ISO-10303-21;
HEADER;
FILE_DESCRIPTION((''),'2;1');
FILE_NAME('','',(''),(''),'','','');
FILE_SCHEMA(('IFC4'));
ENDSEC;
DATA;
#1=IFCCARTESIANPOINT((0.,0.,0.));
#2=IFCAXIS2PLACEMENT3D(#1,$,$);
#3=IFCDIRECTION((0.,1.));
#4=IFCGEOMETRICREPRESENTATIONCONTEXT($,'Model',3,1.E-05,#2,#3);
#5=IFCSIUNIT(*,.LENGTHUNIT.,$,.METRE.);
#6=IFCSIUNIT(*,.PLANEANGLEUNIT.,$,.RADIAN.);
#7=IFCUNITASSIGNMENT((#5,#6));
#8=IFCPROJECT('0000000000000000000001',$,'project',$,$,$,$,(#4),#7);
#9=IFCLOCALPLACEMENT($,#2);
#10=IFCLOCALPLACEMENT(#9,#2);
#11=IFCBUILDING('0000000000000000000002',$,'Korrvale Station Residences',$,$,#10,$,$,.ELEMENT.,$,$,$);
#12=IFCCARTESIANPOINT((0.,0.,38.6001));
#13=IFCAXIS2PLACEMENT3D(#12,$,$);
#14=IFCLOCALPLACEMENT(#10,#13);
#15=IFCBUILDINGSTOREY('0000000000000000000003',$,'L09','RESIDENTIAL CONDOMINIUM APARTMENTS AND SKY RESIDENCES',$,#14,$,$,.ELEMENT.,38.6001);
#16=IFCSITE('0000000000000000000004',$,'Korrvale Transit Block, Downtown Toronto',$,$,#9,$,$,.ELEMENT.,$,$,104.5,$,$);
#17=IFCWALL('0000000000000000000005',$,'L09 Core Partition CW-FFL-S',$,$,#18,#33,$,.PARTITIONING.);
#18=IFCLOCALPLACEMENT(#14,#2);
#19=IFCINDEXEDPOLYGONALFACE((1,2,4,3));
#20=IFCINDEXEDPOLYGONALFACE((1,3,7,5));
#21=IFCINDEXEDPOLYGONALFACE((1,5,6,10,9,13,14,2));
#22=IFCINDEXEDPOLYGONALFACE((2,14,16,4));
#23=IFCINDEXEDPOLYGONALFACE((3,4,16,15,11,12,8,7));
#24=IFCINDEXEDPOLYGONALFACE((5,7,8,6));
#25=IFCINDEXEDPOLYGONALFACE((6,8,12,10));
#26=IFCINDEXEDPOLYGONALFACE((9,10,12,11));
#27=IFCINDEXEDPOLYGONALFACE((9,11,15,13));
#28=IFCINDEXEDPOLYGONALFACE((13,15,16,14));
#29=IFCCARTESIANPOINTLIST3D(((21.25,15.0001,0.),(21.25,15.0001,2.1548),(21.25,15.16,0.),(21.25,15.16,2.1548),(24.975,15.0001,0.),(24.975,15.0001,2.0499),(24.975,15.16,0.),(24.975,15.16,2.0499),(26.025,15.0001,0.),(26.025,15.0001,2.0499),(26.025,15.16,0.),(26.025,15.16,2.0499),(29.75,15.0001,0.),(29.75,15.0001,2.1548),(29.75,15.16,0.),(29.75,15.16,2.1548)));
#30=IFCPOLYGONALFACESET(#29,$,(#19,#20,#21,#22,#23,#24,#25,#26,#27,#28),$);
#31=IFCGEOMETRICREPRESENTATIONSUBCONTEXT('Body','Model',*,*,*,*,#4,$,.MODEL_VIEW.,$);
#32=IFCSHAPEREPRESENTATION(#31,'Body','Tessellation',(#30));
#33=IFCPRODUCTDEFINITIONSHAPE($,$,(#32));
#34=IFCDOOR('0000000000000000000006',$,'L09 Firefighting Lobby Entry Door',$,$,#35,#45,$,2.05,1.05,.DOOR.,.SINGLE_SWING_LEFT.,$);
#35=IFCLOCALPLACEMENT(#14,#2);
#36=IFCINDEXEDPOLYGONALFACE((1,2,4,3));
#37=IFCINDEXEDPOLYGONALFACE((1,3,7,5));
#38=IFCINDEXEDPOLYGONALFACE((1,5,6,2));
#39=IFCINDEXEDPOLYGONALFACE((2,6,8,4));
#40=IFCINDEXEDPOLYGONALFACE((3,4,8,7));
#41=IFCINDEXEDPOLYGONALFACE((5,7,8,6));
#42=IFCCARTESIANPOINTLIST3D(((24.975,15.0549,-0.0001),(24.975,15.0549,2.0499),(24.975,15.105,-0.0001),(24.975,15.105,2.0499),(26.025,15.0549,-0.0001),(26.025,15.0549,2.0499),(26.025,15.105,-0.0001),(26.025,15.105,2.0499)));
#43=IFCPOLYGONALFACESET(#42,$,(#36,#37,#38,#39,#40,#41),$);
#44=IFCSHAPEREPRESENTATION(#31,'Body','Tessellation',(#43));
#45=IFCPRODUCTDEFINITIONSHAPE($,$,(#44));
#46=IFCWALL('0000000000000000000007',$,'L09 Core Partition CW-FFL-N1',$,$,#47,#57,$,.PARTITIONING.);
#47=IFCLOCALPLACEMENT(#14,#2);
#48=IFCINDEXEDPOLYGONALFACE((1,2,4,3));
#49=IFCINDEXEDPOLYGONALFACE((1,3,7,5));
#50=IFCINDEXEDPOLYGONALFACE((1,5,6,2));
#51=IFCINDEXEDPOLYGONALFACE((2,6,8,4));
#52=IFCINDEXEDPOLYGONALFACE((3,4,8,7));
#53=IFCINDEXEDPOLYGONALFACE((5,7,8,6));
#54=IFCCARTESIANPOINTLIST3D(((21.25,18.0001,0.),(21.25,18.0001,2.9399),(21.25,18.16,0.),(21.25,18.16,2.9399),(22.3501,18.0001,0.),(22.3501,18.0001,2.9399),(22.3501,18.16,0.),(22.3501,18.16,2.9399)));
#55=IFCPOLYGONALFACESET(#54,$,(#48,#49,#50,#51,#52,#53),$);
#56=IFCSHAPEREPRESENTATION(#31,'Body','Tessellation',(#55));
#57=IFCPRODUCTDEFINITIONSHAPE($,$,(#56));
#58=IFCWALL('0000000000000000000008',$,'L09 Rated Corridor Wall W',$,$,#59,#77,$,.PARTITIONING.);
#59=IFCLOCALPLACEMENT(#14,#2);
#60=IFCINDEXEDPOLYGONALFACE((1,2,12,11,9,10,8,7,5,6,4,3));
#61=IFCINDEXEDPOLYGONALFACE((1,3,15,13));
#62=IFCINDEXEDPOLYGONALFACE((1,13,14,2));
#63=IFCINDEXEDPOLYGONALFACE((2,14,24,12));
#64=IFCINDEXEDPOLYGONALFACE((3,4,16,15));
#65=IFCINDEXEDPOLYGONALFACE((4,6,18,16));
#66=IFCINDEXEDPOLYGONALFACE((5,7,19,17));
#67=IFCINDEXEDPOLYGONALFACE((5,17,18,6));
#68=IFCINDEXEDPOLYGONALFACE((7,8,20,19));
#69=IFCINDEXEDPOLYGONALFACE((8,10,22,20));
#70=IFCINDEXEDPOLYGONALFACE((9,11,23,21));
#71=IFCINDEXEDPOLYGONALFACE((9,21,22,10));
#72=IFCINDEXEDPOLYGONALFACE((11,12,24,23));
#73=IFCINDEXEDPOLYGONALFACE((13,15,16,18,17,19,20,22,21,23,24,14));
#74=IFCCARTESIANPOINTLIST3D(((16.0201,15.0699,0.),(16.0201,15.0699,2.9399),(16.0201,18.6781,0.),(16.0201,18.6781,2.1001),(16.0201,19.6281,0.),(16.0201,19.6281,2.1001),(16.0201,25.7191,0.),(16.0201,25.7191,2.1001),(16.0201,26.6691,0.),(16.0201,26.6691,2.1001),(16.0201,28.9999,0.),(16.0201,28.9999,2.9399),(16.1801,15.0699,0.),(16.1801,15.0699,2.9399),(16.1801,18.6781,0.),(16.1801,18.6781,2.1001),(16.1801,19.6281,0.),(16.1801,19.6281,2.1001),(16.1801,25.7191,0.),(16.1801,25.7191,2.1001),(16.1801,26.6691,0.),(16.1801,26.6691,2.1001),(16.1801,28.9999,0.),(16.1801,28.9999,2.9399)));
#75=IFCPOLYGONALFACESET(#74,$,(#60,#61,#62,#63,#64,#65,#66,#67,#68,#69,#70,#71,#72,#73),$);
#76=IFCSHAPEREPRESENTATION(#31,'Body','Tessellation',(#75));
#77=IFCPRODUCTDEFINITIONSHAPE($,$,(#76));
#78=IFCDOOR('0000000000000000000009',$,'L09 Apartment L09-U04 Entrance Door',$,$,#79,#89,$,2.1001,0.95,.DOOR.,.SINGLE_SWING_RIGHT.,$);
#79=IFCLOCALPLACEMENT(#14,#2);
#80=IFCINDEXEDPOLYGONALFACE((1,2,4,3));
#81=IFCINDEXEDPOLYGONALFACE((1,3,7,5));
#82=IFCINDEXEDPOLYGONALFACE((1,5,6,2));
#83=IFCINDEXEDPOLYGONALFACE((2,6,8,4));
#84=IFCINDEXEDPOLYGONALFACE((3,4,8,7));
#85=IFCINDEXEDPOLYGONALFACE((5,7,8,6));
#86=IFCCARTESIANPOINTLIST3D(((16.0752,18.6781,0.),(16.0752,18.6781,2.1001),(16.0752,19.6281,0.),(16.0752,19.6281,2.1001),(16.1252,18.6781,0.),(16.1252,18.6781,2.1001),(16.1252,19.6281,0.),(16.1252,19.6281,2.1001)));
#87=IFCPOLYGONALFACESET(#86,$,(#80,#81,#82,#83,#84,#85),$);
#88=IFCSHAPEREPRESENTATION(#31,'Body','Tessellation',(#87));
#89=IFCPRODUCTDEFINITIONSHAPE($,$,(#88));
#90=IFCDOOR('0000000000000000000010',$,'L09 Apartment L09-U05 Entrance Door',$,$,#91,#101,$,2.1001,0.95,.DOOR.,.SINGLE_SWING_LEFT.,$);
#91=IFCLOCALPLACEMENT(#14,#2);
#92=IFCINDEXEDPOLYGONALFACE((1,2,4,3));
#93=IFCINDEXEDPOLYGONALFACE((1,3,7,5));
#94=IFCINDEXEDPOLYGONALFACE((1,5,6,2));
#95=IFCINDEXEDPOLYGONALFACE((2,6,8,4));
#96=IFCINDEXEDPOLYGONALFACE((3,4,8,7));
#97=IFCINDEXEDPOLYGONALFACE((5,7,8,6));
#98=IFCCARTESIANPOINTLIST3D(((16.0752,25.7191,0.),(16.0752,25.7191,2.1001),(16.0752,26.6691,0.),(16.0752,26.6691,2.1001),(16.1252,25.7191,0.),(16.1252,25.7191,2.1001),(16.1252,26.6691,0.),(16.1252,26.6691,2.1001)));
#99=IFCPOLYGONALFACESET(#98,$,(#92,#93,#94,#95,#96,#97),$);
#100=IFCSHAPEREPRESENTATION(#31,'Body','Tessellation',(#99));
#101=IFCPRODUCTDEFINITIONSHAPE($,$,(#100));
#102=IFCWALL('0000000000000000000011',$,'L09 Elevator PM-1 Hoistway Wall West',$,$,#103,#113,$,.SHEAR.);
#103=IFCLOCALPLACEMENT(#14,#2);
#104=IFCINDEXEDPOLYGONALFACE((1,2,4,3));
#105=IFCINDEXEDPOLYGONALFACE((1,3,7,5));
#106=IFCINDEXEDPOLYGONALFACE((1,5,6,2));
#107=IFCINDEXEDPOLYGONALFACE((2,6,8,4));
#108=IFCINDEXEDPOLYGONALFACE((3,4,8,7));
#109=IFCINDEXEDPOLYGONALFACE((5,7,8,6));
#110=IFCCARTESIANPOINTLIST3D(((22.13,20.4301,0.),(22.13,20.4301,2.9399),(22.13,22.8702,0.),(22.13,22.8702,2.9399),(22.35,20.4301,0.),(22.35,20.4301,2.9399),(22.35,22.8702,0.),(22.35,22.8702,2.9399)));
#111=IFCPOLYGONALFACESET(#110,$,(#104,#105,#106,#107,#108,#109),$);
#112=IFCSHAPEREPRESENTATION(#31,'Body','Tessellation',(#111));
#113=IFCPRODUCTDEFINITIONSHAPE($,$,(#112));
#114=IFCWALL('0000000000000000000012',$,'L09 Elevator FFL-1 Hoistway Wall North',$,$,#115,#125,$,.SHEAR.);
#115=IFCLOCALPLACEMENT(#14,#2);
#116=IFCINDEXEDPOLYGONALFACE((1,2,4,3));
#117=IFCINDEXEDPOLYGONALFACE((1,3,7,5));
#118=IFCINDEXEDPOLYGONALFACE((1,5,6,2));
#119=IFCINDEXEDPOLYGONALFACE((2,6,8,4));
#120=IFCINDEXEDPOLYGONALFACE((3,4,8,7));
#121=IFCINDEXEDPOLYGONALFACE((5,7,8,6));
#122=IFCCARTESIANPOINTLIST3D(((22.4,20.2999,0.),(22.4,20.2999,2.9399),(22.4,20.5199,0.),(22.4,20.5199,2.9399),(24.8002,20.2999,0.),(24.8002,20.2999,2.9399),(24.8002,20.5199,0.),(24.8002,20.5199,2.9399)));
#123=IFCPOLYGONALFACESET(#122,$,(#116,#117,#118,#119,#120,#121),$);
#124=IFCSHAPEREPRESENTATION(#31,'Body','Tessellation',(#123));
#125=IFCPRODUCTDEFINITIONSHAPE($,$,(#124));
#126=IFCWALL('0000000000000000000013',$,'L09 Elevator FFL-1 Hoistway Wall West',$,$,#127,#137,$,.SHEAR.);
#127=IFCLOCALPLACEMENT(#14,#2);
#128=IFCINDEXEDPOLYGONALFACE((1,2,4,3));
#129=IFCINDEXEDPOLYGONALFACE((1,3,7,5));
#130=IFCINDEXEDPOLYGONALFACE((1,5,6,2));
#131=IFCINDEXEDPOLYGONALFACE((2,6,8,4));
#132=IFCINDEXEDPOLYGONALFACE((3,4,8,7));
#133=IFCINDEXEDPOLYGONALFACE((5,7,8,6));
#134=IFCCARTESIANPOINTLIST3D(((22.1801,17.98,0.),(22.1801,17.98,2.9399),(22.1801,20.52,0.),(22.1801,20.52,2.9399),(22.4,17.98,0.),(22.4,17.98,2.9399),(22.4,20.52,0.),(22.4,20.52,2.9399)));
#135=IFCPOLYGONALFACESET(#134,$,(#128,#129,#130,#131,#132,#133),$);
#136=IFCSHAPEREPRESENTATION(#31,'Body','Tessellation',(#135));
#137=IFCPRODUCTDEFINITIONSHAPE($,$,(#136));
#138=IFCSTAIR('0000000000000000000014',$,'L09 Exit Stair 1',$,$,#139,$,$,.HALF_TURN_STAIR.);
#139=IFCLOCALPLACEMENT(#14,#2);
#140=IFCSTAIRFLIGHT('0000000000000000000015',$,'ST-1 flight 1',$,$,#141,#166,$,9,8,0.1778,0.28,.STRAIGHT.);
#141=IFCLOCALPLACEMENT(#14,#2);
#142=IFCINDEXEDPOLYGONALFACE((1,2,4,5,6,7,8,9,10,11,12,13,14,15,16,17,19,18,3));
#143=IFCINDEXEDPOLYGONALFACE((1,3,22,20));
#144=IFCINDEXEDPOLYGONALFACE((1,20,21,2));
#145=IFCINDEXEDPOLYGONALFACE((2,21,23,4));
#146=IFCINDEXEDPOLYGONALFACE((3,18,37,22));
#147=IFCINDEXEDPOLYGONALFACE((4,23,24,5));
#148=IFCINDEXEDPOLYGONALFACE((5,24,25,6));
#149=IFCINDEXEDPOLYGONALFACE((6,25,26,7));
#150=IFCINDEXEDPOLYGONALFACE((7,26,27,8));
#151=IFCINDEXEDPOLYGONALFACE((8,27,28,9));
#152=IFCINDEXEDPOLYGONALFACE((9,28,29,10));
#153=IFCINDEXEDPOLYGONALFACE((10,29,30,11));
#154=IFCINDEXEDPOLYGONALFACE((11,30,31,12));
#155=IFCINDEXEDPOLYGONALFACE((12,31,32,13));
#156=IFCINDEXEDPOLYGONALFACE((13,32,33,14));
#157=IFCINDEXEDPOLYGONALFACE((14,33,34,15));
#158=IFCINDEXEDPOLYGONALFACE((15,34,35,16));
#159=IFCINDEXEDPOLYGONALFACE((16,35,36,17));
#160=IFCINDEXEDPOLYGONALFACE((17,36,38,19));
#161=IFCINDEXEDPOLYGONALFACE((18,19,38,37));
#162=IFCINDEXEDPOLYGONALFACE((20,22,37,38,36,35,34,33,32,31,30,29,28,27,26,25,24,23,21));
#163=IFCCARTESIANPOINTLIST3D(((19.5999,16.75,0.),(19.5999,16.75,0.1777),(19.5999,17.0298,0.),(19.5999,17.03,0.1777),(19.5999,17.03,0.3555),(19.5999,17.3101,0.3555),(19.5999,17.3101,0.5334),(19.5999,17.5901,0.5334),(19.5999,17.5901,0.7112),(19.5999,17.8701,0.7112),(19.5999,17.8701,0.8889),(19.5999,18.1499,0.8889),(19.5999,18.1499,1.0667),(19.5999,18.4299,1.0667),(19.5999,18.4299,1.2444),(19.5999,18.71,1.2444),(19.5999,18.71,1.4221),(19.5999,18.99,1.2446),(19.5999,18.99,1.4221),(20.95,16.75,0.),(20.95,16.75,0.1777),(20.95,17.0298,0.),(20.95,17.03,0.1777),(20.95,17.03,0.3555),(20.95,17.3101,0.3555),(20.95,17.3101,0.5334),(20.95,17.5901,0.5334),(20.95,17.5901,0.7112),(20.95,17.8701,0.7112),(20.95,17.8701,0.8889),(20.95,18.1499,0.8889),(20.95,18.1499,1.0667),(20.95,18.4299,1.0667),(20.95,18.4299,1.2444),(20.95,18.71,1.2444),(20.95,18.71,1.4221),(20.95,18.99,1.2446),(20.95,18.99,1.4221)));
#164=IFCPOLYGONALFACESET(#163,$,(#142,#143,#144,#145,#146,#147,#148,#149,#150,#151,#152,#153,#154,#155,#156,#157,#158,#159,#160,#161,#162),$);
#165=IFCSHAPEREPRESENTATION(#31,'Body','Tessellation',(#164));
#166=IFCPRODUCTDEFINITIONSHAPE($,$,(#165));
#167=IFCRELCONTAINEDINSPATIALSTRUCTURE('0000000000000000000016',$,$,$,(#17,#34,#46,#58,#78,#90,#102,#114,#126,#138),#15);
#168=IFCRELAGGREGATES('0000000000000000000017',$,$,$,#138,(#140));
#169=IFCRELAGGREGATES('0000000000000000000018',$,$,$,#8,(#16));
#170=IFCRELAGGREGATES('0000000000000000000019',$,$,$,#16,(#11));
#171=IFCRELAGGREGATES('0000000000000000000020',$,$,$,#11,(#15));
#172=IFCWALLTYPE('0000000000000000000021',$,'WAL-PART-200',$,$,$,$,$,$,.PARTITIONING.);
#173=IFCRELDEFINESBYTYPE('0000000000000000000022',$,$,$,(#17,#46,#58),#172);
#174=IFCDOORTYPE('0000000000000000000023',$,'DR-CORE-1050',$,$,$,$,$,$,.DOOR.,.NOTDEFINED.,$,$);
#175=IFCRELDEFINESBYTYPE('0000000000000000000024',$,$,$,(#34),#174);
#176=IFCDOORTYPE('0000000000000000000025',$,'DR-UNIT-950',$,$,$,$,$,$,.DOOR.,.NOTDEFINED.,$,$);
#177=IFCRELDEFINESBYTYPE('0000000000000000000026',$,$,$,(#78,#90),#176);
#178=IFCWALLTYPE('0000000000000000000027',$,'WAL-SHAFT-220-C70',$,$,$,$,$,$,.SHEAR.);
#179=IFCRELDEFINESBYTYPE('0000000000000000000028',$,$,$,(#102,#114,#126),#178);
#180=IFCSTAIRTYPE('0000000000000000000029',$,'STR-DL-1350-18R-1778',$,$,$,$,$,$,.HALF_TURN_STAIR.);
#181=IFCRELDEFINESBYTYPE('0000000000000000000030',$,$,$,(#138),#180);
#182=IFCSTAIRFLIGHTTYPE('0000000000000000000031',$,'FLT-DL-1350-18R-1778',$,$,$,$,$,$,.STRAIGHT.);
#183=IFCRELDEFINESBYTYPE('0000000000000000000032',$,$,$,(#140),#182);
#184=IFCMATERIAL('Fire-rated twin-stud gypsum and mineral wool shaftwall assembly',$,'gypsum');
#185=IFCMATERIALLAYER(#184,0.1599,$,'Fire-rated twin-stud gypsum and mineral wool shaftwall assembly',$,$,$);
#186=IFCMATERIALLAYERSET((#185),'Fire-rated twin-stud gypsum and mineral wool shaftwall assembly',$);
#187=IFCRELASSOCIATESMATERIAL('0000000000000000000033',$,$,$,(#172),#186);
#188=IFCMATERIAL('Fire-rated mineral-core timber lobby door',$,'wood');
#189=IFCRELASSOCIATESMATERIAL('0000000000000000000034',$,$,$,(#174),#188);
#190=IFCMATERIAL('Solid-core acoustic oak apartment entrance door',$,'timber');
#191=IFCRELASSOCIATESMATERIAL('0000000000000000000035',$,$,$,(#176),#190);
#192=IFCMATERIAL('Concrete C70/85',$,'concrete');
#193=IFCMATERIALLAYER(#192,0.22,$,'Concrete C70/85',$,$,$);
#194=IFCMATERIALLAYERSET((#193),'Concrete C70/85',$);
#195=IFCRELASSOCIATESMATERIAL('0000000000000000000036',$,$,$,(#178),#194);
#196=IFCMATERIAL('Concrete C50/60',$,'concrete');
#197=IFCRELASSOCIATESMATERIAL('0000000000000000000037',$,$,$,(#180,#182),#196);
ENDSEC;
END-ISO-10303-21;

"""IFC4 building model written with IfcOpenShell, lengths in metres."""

from ifc_helpers import new_model, si_unit, direction, frame, frame_2d, origin, place, context, subcontext, project, spatial, polyline, rectangle, outline, extrude, material, layer, layer_set, type_object, element, fill, aggregate, save


model = new_model("IFC4")

# Units and contexts
model_context = context("Model", 3, precision=1e-05, world=origin(), true_north=direction((0.0, 1.0)))
body_context = subcontext(model_context, "Body", "Model", "MODEL_VIEW")
ifc_project = project(units=[si_unit("LENGTHUNIT", "METRE"), si_unit("PLANEANGLEUNIT", "RADIAN")], contexts=[model_context])

# Site, building, storey
site_placement = place(None, origin())
site = spatial("IfcSite", under=ifc_project, at=site_placement, Name="Korrvale Transit Block, Downtown Toronto", CompositionType="ELEMENT", RefElevation=104.5)
building_placement = place(site_placement, origin())
building = spatial("IfcBuilding", under=site, at=building_placement, Name="Korrvale Station Residences", CompositionType="ELEMENT")
storey_placement = place(building_placement, frame((0.0, 0.0, 38.6001)))
storey = spatial("IfcBuildingStorey", under=building, at=storey_placement, Name="L09", Description="RESIDENTIAL CONDOMINIUM APARTMENTS AND SKY RESIDENCES", CompositionType="ELEMENT", Elevation=38.6001)

# Shared definitions
ifc_material_1 = material(Name="Concrete C70/85", Category="concrete")

# Wall, opening, door
ifc_material_2 = material(Name="Fire-rated twin-stud gypsum and mineral wool shaftwall assembly", Category="gypsum")
ifc_layer_1 = layer(ifc_material_2, 0.1599, Name="Fire-rated twin-stud gypsum and mineral wool shaftwall assembly")
ifc_layer_set_1 = layer_set([ifc_layer_1], Name="Fire-rated twin-stud gypsum and mineral wool shaftwall assembly")
wall_type_1 = type_object("IfcWallType", Name="WAL-PART-200", PredefinedType="PARTITIONING", material=ifc_layer_set_1)
wall_1_placement = place(storey_placement, frame((21.25, 15.0801, 0.0), z_axis=(0.0, 0.0, 1.0), x_axis=(1.0, 0.0, 0.0)))
wall_1 = element("IfcWall", 1, at=wall_1_placement, inside=storey, type_object=wall_type_1, Name="L09 Core Partition CW-FFL-S", PredefinedType="PARTITIONING", context=body_context, shape_type="SweptSolid", body=[
    extrude(rectangle(XDim=8.5, YDim=0.1599, at=frame_2d((4.25, 0.0))), origin(), (0.0, 0.0, 1.0), 2.1548),
])
opening_1_placement = place(wall_1_placement, frame((3.7251, 0.0, 0.0)))
opening_1 = element("IfcOpeningElement", 2, at=opening_1_placement, cuts=wall_1, PredefinedType="OPENING", context=body_context, shape_type="SweptSolid", body=[
    extrude(rectangle(XDim=1.05, YDim=2.05, at=frame_2d((0.5249, 1.0249))), frame((0.0, 0.0898, 0.0), z_axis=(0.0, -1.0, 0.0), x_axis=(1.0, 0.0, 0.0)), (0.0, 0.0, 1.0), 0.1799),
])
ifc_material_3 = material(Name="Fire-rated mineral-core timber lobby door", Category="wood")
door_type_1 = type_object("IfcDoorType", Name="DR-CORE-1050", OperationType="NOTDEFINED", PredefinedType="DOOR", material=ifc_material_3)
door_1_placement = place(opening_1_placement, origin())
door_1 = element("IfcDoor", 3, at=door_1_placement, inside=storey, type_object=door_type_1, Name="L09 Firefighting Lobby Entry Door", OperationType="SINGLE_SWING_LEFT", OverallHeight=2.05, OverallWidth=1.05, PredefinedType="DOOR", context=body_context, shape_type="SweptSolid", body=[
    extrude(rectangle(XDim=1.05, YDim=2.05, at=frame_2d((0.5249, 1.0249))), frame((0.0, 0.0249, 0.0), z_axis=(0.0, -1.0, 0.0), x_axis=(1.0, 0.0, 0.0)), (0.0, 0.0, 1.0), 0.05),
])
fill(opening_1, door_1)

# Wall
wall_2_placement = place(storey_placement, frame((21.25, 18.0801, 0.0), z_axis=(0.0, 0.0, 1.0), x_axis=(1.0, 0.0, 0.0)))
element("IfcWall", 4, at=wall_2_placement, inside=storey, type_object=wall_type_1, Name="L09 Core Partition CW-FFL-N1", PredefinedType="PARTITIONING", context=body_context, shape_type="SweptSolid", body=[
    extrude(rectangle(XDim=1.1001, YDim=0.1599, at=frame_2d((0.55, 0.0))), origin(), (0.0, 0.0, 1.0), 2.9399),
])

# Wall, openings, doors
wall_3_placement = place(storey_placement, frame((16.1001, 15.0701, 0.0), z_axis=(0.0, 0.0, 1.0), x_axis=(0.0, 1.0, 0.0)))
wall_3 = element("IfcWall", 5, at=wall_3_placement, inside=storey, type_object=wall_type_1, Name="L09 Rated Corridor Wall W", PredefinedType="PARTITIONING", context=body_context, shape_type="SweptSolid", body=[
    extrude(rectangle(XDim=13.9299, YDim=0.1599, at=frame_2d((6.9648, 0.0))), origin(), (0.0, 0.0, 1.0), 2.9399),
])
opening_2_placement = place(wall_3_placement, frame((3.6079, 0.0, 0.0)))
opening_2 = element("IfcOpeningElement", 6, at=opening_2_placement, cuts=wall_3, PredefinedType="OPENING", context=body_context, shape_type="SweptSolid", body=[
    extrude(rectangle(XDim=0.95, YDim=2.1001, at=frame_2d((0.4751, 1.05))), frame((0.0, 0.0898, 0.0), z_axis=(0.0, -1.0, 0.0), x_axis=(1.0, 0.0, 0.0)), (0.0, 0.0, 1.0), 0.1799),
])
opening_3_placement = place(wall_3_placement, frame((10.6489, 0.0, 0.0)))
opening_3 = element("IfcOpeningElement", 7, at=opening_3_placement, cuts=wall_3, PredefinedType="OPENING", context=body_context, shape_type="SweptSolid", body=[
    extrude(rectangle(XDim=0.95, YDim=2.1001, at=frame_2d((0.4751, 1.05))), frame((0.0, 0.0898, 0.0), z_axis=(0.0, -1.0, 0.0), x_axis=(1.0, 0.0, 0.0)), (0.0, 0.0, 1.0), 0.1799),
])
ifc_material_4 = material(Name="Solid-core acoustic oak apartment entrance door", Category="timber")
door_type_2 = type_object("IfcDoorType", Name="DR-UNIT-950", OperationType="NOTDEFINED", PredefinedType="DOOR", material=ifc_material_4)
door_2_placement = place(opening_2_placement, origin())
door_2 = element("IfcDoor", 8, at=door_2_placement, inside=storey, type_object=door_type_2, Name="L09 Apartment L09-U04 Entrance Door", OperationType="SINGLE_SWING_RIGHT", OverallHeight=2.1001, OverallWidth=0.95, PredefinedType="DOOR", context=body_context, shape_type="SweptSolid", body=[
    extrude(rectangle(XDim=0.95, YDim=2.1001, at=frame_2d((0.4751, 1.05))), frame((0.0, 0.0249, 0.0), z_axis=(0.0, -1.0, 0.0), x_axis=(1.0, 0.0, 0.0)), (0.0, 0.0, 1.0), 0.05),
])
fill(opening_2, door_2)
door_3_placement = place(opening_3_placement, origin())
door_3 = element("IfcDoor", 9, at=door_3_placement, inside=storey, type_object=door_type_2, Name="L09 Apartment L09-U05 Entrance Door", OperationType="SINGLE_SWING_LEFT", OverallHeight=2.1001, OverallWidth=0.95, PredefinedType="DOOR", context=body_context, shape_type="SweptSolid", body=[
    extrude(rectangle(XDim=0.95, YDim=2.1001, at=frame_2d((0.4751, 1.05))), frame((0.0, 0.0249, 0.0), z_axis=(0.0, -1.0, 0.0), x_axis=(1.0, 0.0, 0.0)), (0.0, 0.0, 1.0), 0.05),
])
fill(opening_3, door_3)

# Wall
ifc_layer_2 = layer(ifc_material_1, 0.22, Name="Concrete C70/85")
ifc_layer_set_2 = layer_set([ifc_layer_2], Name="Concrete C70/85")
wall_type_2 = type_object("IfcWallType", Name="WAL-SHAFT-220-C70", PredefinedType="SHEAR", material=ifc_layer_set_2)
wall_4_placement = place(storey_placement, frame((22.24, 20.4299, 0.0), z_axis=(0.0, 0.0, 1.0), x_axis=(0.0, 1.0, 0.0)))
element("IfcWall", 10, at=wall_4_placement, inside=storey, type_object=wall_type_2, Name="L09 Elevator PM-1 Hoistway Wall West", PredefinedType="SHEAR", context=body_context, shape_type="SweptSolid", body=[
    extrude(rectangle(XDim=2.4402, YDim=0.22, at=frame_2d((1.2202, 0.0))), origin(), (0.0, 0.0, 1.0), 2.9399),
])

# Walls
wall_5_placement = place(storey_placement, frame((22.3999, 20.4099, 0.0), z_axis=(0.0, 0.0, 1.0), x_axis=(1.0, 0.0, 0.0)))
element("IfcWall", 11, at=wall_5_placement, inside=storey, type_object=wall_type_2, Name="L09 Elevator FFL-1 Hoistway Wall North", PredefinedType="SHEAR", context=body_context, shape_type="SweptSolid", body=[
    extrude(rectangle(XDim=2.4001, YDim=0.22, at=frame_2d((1.2002, 0.0))), origin(), (0.0, 0.0, 1.0), 2.9399),
])
wall_6_placement = place(storey_placement, frame((22.29, 17.98, 0.0), z_axis=(0.0, 0.0, 1.0), x_axis=(0.0, 1.0, 0.0)))
element("IfcWall", 12, at=wall_6_placement, inside=storey, type_object=wall_type_2, Name="L09 Elevator FFL-1 Hoistway Wall West", PredefinedType="SHEAR", context=body_context, shape_type="SweptSolid", body=[
    extrude(rectangle(XDim=2.54, YDim=0.22, at=frame_2d((1.27, 0.0))), origin(), (0.0, 0.0, 1.0), 2.9399),
])

# Stair, stair flight
ifc_material_5 = material(Name="Concrete C50/60", Category="concrete")
stair_type = type_object("IfcStairType", Name="STR-DL-1350-18R-1778", PredefinedType="HALF_TURN_STAIR", material=ifc_material_5)
stair_placement = place(storey_placement, origin())
stair = element("IfcStair", 13, at=stair_placement, inside=storey, type_object=stair_type, Name="L09 Exit Stair 1", PredefinedType="HALF_TURN_STAIR")
stair_flight_type = type_object("IfcStairFlightType", Name="FLT-DL-1350-18R-1778", PredefinedType="STRAIGHT", material=ifc_material_5)
stair_flight_1_placement = place(storey_placement, frame((20.2749, 16.75, 0.0), z_axis=(0.0, 0.0, 1.0), x_axis=(0.0, 1.0, 0.0)))
stair_flight_1 = element("IfcStairFlight", 14, at=stair_flight_1_placement, type_object=stair_flight_type, Name="ST-1 flight 1", NumberOfRisers=9, NumberOfTreads=8, PredefinedType="STRAIGHT", RiserHeight=0.1778, TreadLength=0.28, context=body_context, shape_type="SweptSolid", body=[
    extrude(outline(polyline([(0.0, 0.0), (0.0, 0.1777), (0.28, 0.1777), (0.28, 0.3555), (0.5601, 0.3555), (0.5601, 0.5334), (0.8401, 0.5334), (0.8401, 0.7112), (1.1201, 0.7112), (1.1201, 0.8889), (1.3999, 0.8889), (1.3999, 1.0667), (1.6799, 1.0667), (1.6799, 1.2444), (1.96, 1.2444), (1.96, 1.4221), (2.24, 1.4221), (2.24, 1.6001), (2.24, 1.2446), (0.2798, 0.0), (0.0, 0.0)])), frame((0.0, 0.675, 0.0), z_axis=(0.0, -1.0, 0.0), x_axis=(1.0, 0.0, 0.0)), (0.0, 0.0, 1.0), 1.3501),
])
aggregate(stair, [stair_flight_1])

save(model, "model.ifc")
